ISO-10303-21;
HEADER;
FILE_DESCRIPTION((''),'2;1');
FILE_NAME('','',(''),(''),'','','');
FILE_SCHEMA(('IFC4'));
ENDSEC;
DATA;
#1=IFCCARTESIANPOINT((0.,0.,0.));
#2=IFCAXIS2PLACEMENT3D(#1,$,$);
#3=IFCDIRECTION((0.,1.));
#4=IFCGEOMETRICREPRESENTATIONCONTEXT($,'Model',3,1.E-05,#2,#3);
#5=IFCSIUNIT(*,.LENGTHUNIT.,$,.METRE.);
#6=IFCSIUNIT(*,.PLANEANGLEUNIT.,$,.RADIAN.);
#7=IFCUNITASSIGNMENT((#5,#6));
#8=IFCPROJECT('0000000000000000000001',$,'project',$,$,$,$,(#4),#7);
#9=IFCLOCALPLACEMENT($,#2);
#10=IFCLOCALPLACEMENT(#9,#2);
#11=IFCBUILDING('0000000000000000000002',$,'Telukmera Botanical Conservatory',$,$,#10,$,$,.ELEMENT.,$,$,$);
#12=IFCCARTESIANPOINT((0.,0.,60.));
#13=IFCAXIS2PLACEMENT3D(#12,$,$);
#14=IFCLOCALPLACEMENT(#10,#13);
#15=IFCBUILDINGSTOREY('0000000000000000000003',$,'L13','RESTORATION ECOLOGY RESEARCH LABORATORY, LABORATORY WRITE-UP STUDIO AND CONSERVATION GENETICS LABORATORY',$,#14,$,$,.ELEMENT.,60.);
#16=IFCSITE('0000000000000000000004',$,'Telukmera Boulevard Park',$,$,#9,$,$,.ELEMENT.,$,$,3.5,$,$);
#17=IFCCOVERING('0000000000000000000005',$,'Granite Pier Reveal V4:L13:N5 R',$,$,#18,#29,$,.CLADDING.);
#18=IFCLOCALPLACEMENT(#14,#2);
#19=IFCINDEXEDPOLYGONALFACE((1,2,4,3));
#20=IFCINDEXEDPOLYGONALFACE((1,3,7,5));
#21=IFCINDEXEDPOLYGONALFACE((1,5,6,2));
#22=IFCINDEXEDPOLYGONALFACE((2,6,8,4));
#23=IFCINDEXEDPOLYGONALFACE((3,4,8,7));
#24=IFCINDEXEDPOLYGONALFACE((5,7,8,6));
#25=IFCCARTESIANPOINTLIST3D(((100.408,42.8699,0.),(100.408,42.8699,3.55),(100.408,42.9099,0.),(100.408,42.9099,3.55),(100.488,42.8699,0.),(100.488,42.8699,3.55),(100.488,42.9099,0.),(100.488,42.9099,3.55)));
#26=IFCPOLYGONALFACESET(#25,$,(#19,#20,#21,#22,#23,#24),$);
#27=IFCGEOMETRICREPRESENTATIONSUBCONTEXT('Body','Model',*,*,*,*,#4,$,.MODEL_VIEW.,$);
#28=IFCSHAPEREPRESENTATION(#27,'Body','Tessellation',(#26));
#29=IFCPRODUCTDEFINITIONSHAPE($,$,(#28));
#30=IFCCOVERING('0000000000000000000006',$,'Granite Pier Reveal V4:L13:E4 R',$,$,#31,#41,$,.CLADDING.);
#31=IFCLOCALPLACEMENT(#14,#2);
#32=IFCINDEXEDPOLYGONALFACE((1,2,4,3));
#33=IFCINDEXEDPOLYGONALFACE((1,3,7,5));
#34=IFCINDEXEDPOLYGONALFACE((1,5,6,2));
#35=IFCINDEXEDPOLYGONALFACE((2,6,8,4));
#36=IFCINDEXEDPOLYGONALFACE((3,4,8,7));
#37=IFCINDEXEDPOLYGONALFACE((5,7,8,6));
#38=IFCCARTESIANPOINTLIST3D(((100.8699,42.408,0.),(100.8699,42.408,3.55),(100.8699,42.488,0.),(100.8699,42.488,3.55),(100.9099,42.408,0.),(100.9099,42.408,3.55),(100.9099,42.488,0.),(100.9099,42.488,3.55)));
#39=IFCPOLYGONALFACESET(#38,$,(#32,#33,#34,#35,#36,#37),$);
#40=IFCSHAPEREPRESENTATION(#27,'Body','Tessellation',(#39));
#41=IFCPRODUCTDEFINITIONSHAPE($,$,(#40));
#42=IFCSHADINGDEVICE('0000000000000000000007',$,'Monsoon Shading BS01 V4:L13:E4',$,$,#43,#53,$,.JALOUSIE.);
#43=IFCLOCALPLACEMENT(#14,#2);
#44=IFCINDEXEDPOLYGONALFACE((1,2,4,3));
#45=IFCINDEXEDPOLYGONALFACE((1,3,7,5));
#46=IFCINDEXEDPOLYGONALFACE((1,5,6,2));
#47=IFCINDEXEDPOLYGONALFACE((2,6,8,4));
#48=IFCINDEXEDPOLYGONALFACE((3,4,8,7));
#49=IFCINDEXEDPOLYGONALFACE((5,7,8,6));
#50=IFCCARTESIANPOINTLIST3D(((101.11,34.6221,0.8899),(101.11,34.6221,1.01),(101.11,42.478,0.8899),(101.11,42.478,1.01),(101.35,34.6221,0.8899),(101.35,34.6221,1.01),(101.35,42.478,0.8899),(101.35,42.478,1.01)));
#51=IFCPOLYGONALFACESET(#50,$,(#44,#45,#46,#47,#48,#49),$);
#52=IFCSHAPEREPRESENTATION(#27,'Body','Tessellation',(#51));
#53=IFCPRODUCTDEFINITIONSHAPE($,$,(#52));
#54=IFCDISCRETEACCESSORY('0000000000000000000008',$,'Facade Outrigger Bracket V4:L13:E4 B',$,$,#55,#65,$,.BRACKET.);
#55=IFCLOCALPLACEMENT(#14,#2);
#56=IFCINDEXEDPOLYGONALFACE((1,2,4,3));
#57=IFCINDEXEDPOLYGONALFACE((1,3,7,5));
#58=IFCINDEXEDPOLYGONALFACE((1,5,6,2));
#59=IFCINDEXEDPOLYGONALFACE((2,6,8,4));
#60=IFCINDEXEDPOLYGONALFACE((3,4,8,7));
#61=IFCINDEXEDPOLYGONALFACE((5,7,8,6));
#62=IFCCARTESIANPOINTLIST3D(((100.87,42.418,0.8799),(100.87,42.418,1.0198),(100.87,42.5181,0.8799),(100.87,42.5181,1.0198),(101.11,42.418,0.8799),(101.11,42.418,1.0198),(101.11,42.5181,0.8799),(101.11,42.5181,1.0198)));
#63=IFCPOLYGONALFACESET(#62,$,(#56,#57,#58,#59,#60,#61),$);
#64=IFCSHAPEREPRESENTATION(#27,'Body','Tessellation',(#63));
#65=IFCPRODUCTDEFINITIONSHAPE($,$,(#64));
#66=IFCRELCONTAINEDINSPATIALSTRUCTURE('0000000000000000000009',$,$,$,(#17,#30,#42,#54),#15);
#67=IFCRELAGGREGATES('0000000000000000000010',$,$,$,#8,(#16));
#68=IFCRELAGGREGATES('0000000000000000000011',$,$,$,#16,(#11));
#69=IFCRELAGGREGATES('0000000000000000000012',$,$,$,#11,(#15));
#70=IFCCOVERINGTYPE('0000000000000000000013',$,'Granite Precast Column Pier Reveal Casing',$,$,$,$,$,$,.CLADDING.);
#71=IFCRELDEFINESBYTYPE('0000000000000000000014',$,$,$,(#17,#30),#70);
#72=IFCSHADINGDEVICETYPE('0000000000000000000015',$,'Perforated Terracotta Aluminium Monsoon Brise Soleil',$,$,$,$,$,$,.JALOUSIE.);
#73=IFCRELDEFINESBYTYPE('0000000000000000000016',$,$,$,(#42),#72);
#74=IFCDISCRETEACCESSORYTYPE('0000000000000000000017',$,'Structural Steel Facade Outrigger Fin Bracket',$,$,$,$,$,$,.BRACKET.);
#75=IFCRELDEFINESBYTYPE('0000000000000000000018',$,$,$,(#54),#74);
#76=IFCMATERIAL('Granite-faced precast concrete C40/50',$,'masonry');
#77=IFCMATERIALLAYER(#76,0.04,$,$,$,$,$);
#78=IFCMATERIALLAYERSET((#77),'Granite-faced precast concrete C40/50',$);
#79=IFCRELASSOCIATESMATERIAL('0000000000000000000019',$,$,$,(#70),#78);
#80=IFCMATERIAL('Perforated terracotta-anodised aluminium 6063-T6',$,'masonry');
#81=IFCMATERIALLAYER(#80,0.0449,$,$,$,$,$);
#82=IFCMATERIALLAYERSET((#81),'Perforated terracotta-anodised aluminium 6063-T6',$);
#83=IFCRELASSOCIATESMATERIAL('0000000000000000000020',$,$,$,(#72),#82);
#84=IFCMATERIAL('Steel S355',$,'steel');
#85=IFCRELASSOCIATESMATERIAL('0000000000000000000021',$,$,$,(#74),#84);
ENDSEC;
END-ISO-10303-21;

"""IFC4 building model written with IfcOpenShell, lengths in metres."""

from ifc_helpers import new_model, si_unit, direction, frame, origin, origin_2d, place, context, subcontext, project, spatial, rectangle, extrude, material, layer, layer_set, type_object, element, save


model = new_model("IFC4")

# Units and contexts
model_context = context("Model", 3, precision=1e-05, world=origin(), true_north=direction((0.0, 1.0)))
body_context = subcontext(model_context, "Body", "Model", "MODEL_VIEW")
ifc_project = project(units=[si_unit("LENGTHUNIT", "METRE"), si_unit("PLANEANGLEUNIT", "RADIAN")], contexts=[model_context])

# Site, building, storey
site_placement = place(None, origin())
site = spatial("IfcSite", under=ifc_project, at=site_placement, Name="Telukmera Boulevard Park", CompositionType="ELEMENT", RefElevation=3.5)
building_placement = place(site_placement, origin())
building = spatial("IfcBuilding", under=site, at=building_placement, Name="Telukmera Botanical Conservatory", CompositionType="ELEMENT")
storey_placement = place(building_placement, frame((0.0, 0.0, 60.0)))
storey = spatial("IfcBuildingStorey", under=building, at=storey_placement, Name="L13", Description="RESTORATION ECOLOGY RESEARCH LABORATORY, LABORATORY WRITE-UP STUDIO AND CONSERVATION GENETICS LABORATORY", CompositionType="ELEMENT", Elevation=60.0)

# Coverings
ifc_material_1 = material(Name="Granite-faced precast concrete C40/50", Category="masonry")
ifc_layer_1 = layer(ifc_material_1, 0.04)
ifc_layer_set_1 = layer_set([ifc_layer_1], Name="Granite-faced precast concrete C40/50")
covering_type = type_object("IfcCoveringType", Name="Granite Precast Column Pier Reveal Casing", PredefinedType="CLADDING", material=ifc_layer_set_1)
for number, where, z_axis, x_axis, name in (
    (1, (100.448, 42.8899, 0.0), (0.0, 0.0, 1.0), (1.0, 0.0, 0.0), "Granite Pier Reveal V4:L13:N5 R"),
    (2, (100.8899, 42.448, 0.0), (0.0, 0.0, 1.0), (0.0, 1.0, 0.0), "Granite Pier Reveal V4:L13:E4 R"),
):
    element("IfcCovering", number, at=place(storey_placement, frame(where, z_axis=z_axis, x_axis=x_axis)), inside=storey, type_object=covering_type, Name=name, PredefinedType="CLADDING", context=body_context, shape_type="SweptSolid", body=[
        extrude(rectangle(XDim=0.0801, YDim=0.04, at=origin_2d()), origin(), (0.0, 0.0, 1.0), 3.55),
    ])

# Shading device
ifc_material_2 = material(Name="Perforated terracotta-anodised aluminium 6063-T6", Category="masonry")
ifc_layer_2 = layer(ifc_material_2, 0.0449)
ifc_layer_set_2 = layer_set([ifc_layer_2], Name="Perforated terracotta-anodised aluminium 6063-T6")
shading_device_type = type_object("IfcShadingDeviceType", Name="Perforated Terracotta Aluminium Monsoon Brise Soleil", PredefinedType="JALOUSIE", material=ifc_layer_set_2)
shading_device_placement = place(storey_placement, frame((101.23, 38.55, 0.8899), z_axis=(0.0, 0.0, 1.0), x_axis=(0.0, 1.0, 0.0)))
element("IfcShadingDevice", 3, at=shading_device_placement, inside=storey, type_object=shading_device_type, Name="Monsoon Shading BS01 V4:L13:E4", PredefinedType="JALOUSIE", context=body_context, shape_type="SweptSolid", body=[
    extrude(rectangle(XDim=7.856, YDim=0.24, at=origin_2d()), origin(), (0.0, 0.0, 1.0), 0.1201),
])

# Discrete accessory
ifc_material_3 = material(Name="Steel S355", Category="steel")
discrete_accessory_type = type_object("IfcDiscreteAccessoryType", Name="Structural Steel Facade Outrigger Fin Bracket", PredefinedType="BRACKET", material=ifc_material_3)
discrete_accessory_placement = place(storey_placement, frame((100.99, 42.468, 0.8799), z_axis=(0.0, 0.0, 1.0), x_axis=(0.0, 1.0, 0.0)))
element("IfcDiscreteAccessory", 4, at=discrete_accessory_placement, inside=storey, type_object=discrete_accessory_type, Name="Facade Outrigger Bracket V4:L13:E4 B", PredefinedType="BRACKET", context=body_context, shape_type="SweptSolid", body=[
    extrude(rectangle(XDim=0.1001, YDim=0.24, at=origin_2d()), origin(), (0.0, 0.0, 1.0), 0.1399),
])

save(model, "model.ifc")
